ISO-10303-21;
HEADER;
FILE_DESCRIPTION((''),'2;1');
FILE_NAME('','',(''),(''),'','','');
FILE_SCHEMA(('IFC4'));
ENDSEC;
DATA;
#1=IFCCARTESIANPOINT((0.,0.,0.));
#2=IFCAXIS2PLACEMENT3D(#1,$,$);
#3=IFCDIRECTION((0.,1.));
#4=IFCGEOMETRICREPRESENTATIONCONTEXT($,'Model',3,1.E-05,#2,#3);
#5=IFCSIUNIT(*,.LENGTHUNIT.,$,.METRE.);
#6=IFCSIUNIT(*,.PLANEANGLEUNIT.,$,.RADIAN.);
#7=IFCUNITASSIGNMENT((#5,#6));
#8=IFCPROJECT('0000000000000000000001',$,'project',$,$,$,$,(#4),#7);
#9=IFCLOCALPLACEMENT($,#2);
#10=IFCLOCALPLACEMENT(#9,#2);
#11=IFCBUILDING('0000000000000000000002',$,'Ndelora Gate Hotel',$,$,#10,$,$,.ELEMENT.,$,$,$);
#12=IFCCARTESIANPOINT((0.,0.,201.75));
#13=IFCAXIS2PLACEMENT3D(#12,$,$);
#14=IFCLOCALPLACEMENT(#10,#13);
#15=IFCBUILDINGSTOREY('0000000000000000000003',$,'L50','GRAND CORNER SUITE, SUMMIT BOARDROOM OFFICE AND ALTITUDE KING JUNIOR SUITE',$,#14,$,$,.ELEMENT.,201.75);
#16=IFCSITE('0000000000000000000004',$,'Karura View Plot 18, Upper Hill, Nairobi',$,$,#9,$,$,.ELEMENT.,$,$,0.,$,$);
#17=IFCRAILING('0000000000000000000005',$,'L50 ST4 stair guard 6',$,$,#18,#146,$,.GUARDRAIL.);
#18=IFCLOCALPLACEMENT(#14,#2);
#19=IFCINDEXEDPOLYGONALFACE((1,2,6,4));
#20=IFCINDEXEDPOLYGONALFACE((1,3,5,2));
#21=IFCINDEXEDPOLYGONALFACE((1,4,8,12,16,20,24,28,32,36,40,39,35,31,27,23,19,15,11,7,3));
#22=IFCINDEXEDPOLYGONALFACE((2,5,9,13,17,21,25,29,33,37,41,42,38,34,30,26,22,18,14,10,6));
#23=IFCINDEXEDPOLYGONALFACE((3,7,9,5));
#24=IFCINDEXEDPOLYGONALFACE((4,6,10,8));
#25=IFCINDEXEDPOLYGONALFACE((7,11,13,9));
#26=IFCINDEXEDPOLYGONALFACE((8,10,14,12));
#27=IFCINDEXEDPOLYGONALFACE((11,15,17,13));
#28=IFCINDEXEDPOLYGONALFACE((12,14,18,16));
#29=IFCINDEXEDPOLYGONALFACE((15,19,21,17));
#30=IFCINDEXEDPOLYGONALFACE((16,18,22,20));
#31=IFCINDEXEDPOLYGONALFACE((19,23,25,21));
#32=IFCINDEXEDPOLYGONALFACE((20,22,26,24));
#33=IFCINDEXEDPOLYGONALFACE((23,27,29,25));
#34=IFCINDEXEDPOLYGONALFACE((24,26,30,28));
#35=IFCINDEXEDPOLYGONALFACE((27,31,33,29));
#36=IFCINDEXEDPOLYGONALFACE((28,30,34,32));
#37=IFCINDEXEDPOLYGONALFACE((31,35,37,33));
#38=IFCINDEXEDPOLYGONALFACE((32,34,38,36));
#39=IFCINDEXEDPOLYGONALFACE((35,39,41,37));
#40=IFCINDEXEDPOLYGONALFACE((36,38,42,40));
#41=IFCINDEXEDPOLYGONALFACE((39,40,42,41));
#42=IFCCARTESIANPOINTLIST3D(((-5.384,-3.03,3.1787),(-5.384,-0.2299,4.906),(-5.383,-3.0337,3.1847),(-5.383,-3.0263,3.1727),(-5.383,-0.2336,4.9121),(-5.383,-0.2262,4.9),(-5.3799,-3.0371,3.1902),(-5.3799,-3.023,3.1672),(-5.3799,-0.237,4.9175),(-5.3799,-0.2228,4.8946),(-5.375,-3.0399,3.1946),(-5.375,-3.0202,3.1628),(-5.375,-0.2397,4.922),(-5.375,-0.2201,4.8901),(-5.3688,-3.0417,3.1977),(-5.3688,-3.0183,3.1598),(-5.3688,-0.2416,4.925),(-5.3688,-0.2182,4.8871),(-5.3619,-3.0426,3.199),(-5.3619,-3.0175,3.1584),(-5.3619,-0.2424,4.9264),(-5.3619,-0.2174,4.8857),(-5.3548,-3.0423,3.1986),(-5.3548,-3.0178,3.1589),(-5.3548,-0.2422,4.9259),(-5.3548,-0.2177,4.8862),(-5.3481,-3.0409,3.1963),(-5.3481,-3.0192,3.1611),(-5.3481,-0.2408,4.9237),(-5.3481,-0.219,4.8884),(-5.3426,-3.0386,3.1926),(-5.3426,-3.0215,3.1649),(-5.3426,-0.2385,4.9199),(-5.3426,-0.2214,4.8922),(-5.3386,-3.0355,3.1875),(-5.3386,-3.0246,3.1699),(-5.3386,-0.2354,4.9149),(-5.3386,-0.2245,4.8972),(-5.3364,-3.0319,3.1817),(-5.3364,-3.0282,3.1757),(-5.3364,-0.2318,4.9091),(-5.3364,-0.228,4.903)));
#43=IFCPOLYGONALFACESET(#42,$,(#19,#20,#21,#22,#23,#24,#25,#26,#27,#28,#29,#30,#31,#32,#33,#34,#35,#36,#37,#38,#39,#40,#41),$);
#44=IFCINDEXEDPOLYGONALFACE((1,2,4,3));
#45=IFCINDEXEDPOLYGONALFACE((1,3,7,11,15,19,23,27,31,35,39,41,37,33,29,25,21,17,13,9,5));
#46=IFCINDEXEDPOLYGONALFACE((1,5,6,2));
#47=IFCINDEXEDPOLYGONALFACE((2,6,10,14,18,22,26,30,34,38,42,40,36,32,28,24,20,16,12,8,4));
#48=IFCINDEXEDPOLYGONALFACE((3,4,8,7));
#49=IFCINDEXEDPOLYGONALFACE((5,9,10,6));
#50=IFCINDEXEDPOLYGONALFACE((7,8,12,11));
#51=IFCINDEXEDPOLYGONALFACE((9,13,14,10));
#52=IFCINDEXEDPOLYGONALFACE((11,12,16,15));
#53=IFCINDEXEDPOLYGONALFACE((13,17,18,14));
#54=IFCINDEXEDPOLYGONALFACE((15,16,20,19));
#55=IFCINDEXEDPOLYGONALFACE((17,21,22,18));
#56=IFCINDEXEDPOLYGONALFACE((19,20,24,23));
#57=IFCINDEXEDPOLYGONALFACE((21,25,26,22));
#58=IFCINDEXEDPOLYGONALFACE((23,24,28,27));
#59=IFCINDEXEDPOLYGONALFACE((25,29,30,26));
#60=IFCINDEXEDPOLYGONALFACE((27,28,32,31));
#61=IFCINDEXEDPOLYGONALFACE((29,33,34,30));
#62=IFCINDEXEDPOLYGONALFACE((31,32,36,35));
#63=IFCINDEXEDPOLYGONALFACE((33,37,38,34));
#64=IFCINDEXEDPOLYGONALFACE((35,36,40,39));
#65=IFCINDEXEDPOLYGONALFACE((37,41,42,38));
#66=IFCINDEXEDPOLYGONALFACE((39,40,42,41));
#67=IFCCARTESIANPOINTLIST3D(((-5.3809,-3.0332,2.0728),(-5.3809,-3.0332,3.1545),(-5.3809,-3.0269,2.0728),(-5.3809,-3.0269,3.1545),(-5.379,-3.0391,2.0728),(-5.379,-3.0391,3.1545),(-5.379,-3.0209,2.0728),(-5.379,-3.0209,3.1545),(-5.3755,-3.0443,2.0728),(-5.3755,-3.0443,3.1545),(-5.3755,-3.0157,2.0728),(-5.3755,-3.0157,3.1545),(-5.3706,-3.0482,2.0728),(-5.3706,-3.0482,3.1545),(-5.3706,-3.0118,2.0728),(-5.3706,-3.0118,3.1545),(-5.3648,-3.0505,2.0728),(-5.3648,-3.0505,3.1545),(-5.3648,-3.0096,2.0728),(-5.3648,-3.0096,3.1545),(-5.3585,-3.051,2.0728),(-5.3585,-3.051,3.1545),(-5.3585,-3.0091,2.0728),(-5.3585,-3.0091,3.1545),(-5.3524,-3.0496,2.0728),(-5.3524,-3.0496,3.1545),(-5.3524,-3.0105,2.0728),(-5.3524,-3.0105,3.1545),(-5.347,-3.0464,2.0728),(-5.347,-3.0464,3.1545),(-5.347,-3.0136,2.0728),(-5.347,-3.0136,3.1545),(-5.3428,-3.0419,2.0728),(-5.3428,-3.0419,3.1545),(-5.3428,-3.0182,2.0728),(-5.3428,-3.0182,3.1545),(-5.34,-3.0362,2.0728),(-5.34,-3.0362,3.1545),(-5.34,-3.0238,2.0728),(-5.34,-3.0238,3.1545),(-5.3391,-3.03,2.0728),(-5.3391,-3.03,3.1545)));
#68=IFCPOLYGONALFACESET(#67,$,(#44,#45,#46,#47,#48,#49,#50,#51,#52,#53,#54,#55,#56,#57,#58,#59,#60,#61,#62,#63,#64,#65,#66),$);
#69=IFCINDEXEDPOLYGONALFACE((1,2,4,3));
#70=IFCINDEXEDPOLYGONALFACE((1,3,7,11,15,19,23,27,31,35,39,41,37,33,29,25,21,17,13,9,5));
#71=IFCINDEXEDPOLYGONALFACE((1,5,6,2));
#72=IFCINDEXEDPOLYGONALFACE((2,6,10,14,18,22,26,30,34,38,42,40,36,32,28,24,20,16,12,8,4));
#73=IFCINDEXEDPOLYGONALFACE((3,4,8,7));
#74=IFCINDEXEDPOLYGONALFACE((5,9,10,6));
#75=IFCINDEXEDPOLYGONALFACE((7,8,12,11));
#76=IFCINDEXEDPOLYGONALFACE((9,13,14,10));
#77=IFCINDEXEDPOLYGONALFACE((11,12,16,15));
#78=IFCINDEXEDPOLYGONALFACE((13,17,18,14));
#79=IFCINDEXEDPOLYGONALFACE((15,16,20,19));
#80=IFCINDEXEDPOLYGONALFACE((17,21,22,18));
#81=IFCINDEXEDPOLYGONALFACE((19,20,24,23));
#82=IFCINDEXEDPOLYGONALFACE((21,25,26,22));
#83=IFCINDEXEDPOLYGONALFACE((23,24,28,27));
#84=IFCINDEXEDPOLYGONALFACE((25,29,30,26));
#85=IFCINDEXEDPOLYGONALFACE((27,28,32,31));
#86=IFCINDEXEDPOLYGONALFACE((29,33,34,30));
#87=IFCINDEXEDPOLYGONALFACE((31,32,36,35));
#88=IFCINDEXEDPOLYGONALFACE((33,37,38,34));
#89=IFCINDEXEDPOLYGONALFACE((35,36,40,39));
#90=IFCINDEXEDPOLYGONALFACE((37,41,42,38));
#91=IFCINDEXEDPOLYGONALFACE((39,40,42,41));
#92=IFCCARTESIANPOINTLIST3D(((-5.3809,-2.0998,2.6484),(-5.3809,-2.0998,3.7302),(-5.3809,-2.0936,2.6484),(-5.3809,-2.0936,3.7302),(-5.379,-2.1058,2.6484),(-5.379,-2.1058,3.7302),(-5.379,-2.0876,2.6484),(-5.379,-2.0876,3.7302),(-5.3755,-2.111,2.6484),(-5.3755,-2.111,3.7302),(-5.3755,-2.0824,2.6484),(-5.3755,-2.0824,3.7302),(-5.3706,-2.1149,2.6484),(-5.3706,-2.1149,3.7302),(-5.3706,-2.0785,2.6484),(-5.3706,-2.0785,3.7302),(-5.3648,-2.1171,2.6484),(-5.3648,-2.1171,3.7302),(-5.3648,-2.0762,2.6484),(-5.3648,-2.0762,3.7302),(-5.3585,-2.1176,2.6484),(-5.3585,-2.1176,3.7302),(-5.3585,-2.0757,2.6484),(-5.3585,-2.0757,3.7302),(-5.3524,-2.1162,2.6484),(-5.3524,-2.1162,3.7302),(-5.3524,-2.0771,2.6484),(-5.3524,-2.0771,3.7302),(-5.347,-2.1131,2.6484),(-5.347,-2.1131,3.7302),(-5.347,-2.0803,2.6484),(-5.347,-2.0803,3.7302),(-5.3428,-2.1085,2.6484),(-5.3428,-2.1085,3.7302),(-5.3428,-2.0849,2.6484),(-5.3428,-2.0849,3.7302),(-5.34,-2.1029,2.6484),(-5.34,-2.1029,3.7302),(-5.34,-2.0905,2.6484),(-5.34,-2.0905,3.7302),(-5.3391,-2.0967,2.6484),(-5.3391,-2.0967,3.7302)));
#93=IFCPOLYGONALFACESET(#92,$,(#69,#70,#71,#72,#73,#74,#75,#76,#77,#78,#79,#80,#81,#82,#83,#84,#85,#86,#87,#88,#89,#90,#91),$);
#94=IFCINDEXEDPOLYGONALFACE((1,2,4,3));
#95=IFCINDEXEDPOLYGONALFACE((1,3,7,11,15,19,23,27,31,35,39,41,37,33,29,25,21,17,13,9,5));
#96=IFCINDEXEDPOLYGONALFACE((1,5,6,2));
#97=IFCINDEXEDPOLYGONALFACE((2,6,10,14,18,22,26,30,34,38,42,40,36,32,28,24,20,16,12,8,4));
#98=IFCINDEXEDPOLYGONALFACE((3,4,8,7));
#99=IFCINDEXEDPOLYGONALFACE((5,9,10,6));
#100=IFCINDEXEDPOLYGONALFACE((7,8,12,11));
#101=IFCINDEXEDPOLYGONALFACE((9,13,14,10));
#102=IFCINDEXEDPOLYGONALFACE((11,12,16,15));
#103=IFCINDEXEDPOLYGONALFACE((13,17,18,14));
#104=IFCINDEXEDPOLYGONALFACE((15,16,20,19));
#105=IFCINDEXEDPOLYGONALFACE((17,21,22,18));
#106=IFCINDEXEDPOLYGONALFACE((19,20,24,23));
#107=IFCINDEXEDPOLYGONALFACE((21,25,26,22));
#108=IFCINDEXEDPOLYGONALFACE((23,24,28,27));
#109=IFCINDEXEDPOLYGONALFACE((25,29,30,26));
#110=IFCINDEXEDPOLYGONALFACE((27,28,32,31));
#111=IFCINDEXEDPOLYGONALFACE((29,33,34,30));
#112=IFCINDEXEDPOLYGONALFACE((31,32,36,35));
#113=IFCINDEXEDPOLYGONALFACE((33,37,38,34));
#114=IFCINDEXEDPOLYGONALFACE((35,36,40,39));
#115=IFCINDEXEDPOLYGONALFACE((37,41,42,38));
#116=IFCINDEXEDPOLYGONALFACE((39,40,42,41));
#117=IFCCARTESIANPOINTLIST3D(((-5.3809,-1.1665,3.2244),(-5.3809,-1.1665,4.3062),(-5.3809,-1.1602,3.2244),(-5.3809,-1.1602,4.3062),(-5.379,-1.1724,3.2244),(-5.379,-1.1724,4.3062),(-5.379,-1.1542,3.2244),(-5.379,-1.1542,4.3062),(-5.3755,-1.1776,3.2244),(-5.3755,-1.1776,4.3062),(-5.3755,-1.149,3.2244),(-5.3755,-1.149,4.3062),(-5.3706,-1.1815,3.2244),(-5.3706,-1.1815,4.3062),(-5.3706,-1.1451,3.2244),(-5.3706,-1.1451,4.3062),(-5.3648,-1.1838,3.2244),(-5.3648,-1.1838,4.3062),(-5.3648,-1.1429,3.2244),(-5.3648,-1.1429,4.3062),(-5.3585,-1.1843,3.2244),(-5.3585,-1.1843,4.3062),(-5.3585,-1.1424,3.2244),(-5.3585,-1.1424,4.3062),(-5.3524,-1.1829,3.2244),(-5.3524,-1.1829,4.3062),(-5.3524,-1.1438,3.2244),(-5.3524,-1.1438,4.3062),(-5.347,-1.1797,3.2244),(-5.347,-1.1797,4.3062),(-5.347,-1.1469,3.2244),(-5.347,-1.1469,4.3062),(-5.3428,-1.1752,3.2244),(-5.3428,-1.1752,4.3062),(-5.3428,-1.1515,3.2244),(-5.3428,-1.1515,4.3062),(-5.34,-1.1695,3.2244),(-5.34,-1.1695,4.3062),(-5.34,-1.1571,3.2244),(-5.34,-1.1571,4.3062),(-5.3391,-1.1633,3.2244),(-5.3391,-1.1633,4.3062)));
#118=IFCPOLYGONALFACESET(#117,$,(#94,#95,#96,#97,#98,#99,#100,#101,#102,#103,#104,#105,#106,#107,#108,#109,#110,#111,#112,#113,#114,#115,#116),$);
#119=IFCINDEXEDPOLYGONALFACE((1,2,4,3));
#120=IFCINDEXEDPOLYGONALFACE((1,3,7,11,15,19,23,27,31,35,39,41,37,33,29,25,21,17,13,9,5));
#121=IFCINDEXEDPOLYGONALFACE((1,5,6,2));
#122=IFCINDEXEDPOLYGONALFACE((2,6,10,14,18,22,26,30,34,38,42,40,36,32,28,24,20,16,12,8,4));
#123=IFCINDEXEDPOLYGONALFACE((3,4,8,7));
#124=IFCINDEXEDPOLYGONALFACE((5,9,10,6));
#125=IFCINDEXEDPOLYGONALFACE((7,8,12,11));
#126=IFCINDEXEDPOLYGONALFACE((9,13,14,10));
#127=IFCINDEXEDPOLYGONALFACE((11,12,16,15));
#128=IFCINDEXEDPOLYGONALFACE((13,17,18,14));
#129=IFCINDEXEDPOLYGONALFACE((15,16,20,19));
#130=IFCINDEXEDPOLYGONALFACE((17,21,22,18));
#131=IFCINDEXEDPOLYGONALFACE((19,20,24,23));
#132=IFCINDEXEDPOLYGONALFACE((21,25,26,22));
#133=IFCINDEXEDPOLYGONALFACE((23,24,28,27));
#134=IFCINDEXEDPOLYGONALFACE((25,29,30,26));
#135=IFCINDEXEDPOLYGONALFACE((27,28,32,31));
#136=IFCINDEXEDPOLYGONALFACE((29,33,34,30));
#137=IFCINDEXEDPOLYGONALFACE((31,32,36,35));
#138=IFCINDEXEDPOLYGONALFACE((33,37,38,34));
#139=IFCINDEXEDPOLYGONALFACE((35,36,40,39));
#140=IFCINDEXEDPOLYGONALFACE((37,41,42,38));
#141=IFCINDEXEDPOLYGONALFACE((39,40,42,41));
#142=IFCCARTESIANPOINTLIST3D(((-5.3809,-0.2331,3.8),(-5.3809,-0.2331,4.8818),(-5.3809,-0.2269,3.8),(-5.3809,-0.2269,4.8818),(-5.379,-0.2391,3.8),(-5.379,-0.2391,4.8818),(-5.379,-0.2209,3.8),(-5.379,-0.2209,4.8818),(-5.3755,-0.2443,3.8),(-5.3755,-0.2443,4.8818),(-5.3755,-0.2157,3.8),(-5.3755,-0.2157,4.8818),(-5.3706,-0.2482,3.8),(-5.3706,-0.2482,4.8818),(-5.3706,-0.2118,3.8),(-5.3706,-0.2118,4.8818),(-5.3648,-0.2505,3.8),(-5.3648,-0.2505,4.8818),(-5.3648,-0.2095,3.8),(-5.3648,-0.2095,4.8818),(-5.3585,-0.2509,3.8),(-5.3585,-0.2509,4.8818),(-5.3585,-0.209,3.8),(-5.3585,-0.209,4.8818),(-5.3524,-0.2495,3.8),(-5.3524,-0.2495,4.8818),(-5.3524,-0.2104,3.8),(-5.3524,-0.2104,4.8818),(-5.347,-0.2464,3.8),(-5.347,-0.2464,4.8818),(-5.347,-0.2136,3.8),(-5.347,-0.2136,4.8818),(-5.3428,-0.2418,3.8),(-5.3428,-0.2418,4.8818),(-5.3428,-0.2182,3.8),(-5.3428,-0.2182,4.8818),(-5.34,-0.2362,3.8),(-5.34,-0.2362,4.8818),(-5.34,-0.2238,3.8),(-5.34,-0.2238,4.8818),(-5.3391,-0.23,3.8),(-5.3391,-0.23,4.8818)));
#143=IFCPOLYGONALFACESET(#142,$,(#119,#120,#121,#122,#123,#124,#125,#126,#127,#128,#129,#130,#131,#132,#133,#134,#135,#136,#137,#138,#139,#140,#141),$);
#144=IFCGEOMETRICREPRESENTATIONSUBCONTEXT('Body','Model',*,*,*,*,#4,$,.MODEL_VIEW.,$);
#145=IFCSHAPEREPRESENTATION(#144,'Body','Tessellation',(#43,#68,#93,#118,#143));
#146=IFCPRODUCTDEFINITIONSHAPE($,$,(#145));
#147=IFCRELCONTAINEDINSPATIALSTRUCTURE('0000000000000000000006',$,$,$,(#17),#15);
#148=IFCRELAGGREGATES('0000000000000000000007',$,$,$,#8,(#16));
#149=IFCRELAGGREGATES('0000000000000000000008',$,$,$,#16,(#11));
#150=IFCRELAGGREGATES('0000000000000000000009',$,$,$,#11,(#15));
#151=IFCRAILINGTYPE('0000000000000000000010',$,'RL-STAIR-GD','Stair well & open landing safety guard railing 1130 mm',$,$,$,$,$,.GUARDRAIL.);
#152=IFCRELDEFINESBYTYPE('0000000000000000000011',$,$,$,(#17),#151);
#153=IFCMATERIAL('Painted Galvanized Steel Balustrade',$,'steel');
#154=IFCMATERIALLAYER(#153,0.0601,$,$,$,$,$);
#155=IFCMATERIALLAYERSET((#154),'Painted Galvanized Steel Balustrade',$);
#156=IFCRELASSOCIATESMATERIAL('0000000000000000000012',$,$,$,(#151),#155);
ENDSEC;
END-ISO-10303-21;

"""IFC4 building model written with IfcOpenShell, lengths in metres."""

from ifc_helpers import new_model, si_unit, direction, frame, origin, origin_2d, place, context, subcontext, project, spatial, circle, extrude, material, layer, layer_set, type_object, element, save


model = new_model("IFC4")

# Units and contexts
model_context = context("Model", 3, precision=1e-05, world=origin(), true_north=direction((0.0, 1.0)))
body_context = subcontext(model_context, "Body", "Model", "MODEL_VIEW")
ifc_project = project(units=[si_unit("LENGTHUNIT", "METRE"), si_unit("PLANEANGLEUNIT", "RADIAN")], contexts=[model_context])

# Site, building, storey
site_placement = place(None, origin())
site = spatial("IfcSite", under=ifc_project, at=site_placement, Name="Karura View Plot 18, Upper Hill, Nairobi", CompositionType="ELEMENT", RefElevation=0.0)
building_placement = place(site_placement, origin())
building = spatial("IfcBuilding", under=site, at=building_placement, Name="Ndelora Gate Hotel", CompositionType="ELEMENT")
storey_placement = place(building_placement, frame((0.0, 0.0, 201.75)))
storey = spatial("IfcBuildingStorey", under=building, at=storey_placement, Name="L50", Description="GRAND CORNER SUITE, SUMMIT BOARDROOM OFFICE AND ALTITUDE KING JUNIOR SUITE", CompositionType="ELEMENT", Elevation=201.75)

# Railing
ifc_material_1 = material(Name="Painted Galvanized Steel Balustrade", Category="steel")
ifc_layer_1 = layer(ifc_material_1, 0.0601)
ifc_layer_set_1 = layer_set([ifc_layer_1], Name="Painted Galvanized Steel Balustrade")
railing_type_1 = type_object("IfcRailingType", Name="RL-STAIR-GD", Description="Stair well & open landing safety guard railing 1130 mm", PredefinedType="GUARDRAIL", material=ifc_layer_set_1)
railing_1_placement = place(storey_placement, frame((-5.3601, -3.03, 2.0728)))
element("IfcRailing", 1, at=railing_1_placement, inside=storey, type_object=railing_type_1, Name="L50 ST4 stair guard 6", PredefinedType="GUARDRAIL", context=body_context, shape_type="SweptSolid", body=[
    extrude(circle(Radius=0.0239, at=origin_2d()), frame((0.0, 0.0, 1.106), z_axis=(0.0, 0.85109, 0.52502), x_axis=(-1.0, 0.0, 0.0)), (0.0, 0.0, 1.0), 3.29),
    extrude(circle(Radius=0.021, at=origin_2d()), origin(), (0.0, 0.0, 1.0), 1.0818),
    extrude(circle(Radius=0.021, at=origin_2d()), frame((0.0, 0.9333, 0.5757)), (0.0, 0.0, 1.0), 1.0818),
    extrude(circle(Radius=0.021, at=origin_2d()), frame((0.0, 1.8667, 1.1516)), (0.0, 0.0, 1.0), 1.0818),
    extrude(circle(Radius=0.021, at=origin_2d()), frame((0.0, 2.8, 1.7273)), (0.0, 0.0, 1.0), 1.0818),
])

save(model, "model.ifc")
